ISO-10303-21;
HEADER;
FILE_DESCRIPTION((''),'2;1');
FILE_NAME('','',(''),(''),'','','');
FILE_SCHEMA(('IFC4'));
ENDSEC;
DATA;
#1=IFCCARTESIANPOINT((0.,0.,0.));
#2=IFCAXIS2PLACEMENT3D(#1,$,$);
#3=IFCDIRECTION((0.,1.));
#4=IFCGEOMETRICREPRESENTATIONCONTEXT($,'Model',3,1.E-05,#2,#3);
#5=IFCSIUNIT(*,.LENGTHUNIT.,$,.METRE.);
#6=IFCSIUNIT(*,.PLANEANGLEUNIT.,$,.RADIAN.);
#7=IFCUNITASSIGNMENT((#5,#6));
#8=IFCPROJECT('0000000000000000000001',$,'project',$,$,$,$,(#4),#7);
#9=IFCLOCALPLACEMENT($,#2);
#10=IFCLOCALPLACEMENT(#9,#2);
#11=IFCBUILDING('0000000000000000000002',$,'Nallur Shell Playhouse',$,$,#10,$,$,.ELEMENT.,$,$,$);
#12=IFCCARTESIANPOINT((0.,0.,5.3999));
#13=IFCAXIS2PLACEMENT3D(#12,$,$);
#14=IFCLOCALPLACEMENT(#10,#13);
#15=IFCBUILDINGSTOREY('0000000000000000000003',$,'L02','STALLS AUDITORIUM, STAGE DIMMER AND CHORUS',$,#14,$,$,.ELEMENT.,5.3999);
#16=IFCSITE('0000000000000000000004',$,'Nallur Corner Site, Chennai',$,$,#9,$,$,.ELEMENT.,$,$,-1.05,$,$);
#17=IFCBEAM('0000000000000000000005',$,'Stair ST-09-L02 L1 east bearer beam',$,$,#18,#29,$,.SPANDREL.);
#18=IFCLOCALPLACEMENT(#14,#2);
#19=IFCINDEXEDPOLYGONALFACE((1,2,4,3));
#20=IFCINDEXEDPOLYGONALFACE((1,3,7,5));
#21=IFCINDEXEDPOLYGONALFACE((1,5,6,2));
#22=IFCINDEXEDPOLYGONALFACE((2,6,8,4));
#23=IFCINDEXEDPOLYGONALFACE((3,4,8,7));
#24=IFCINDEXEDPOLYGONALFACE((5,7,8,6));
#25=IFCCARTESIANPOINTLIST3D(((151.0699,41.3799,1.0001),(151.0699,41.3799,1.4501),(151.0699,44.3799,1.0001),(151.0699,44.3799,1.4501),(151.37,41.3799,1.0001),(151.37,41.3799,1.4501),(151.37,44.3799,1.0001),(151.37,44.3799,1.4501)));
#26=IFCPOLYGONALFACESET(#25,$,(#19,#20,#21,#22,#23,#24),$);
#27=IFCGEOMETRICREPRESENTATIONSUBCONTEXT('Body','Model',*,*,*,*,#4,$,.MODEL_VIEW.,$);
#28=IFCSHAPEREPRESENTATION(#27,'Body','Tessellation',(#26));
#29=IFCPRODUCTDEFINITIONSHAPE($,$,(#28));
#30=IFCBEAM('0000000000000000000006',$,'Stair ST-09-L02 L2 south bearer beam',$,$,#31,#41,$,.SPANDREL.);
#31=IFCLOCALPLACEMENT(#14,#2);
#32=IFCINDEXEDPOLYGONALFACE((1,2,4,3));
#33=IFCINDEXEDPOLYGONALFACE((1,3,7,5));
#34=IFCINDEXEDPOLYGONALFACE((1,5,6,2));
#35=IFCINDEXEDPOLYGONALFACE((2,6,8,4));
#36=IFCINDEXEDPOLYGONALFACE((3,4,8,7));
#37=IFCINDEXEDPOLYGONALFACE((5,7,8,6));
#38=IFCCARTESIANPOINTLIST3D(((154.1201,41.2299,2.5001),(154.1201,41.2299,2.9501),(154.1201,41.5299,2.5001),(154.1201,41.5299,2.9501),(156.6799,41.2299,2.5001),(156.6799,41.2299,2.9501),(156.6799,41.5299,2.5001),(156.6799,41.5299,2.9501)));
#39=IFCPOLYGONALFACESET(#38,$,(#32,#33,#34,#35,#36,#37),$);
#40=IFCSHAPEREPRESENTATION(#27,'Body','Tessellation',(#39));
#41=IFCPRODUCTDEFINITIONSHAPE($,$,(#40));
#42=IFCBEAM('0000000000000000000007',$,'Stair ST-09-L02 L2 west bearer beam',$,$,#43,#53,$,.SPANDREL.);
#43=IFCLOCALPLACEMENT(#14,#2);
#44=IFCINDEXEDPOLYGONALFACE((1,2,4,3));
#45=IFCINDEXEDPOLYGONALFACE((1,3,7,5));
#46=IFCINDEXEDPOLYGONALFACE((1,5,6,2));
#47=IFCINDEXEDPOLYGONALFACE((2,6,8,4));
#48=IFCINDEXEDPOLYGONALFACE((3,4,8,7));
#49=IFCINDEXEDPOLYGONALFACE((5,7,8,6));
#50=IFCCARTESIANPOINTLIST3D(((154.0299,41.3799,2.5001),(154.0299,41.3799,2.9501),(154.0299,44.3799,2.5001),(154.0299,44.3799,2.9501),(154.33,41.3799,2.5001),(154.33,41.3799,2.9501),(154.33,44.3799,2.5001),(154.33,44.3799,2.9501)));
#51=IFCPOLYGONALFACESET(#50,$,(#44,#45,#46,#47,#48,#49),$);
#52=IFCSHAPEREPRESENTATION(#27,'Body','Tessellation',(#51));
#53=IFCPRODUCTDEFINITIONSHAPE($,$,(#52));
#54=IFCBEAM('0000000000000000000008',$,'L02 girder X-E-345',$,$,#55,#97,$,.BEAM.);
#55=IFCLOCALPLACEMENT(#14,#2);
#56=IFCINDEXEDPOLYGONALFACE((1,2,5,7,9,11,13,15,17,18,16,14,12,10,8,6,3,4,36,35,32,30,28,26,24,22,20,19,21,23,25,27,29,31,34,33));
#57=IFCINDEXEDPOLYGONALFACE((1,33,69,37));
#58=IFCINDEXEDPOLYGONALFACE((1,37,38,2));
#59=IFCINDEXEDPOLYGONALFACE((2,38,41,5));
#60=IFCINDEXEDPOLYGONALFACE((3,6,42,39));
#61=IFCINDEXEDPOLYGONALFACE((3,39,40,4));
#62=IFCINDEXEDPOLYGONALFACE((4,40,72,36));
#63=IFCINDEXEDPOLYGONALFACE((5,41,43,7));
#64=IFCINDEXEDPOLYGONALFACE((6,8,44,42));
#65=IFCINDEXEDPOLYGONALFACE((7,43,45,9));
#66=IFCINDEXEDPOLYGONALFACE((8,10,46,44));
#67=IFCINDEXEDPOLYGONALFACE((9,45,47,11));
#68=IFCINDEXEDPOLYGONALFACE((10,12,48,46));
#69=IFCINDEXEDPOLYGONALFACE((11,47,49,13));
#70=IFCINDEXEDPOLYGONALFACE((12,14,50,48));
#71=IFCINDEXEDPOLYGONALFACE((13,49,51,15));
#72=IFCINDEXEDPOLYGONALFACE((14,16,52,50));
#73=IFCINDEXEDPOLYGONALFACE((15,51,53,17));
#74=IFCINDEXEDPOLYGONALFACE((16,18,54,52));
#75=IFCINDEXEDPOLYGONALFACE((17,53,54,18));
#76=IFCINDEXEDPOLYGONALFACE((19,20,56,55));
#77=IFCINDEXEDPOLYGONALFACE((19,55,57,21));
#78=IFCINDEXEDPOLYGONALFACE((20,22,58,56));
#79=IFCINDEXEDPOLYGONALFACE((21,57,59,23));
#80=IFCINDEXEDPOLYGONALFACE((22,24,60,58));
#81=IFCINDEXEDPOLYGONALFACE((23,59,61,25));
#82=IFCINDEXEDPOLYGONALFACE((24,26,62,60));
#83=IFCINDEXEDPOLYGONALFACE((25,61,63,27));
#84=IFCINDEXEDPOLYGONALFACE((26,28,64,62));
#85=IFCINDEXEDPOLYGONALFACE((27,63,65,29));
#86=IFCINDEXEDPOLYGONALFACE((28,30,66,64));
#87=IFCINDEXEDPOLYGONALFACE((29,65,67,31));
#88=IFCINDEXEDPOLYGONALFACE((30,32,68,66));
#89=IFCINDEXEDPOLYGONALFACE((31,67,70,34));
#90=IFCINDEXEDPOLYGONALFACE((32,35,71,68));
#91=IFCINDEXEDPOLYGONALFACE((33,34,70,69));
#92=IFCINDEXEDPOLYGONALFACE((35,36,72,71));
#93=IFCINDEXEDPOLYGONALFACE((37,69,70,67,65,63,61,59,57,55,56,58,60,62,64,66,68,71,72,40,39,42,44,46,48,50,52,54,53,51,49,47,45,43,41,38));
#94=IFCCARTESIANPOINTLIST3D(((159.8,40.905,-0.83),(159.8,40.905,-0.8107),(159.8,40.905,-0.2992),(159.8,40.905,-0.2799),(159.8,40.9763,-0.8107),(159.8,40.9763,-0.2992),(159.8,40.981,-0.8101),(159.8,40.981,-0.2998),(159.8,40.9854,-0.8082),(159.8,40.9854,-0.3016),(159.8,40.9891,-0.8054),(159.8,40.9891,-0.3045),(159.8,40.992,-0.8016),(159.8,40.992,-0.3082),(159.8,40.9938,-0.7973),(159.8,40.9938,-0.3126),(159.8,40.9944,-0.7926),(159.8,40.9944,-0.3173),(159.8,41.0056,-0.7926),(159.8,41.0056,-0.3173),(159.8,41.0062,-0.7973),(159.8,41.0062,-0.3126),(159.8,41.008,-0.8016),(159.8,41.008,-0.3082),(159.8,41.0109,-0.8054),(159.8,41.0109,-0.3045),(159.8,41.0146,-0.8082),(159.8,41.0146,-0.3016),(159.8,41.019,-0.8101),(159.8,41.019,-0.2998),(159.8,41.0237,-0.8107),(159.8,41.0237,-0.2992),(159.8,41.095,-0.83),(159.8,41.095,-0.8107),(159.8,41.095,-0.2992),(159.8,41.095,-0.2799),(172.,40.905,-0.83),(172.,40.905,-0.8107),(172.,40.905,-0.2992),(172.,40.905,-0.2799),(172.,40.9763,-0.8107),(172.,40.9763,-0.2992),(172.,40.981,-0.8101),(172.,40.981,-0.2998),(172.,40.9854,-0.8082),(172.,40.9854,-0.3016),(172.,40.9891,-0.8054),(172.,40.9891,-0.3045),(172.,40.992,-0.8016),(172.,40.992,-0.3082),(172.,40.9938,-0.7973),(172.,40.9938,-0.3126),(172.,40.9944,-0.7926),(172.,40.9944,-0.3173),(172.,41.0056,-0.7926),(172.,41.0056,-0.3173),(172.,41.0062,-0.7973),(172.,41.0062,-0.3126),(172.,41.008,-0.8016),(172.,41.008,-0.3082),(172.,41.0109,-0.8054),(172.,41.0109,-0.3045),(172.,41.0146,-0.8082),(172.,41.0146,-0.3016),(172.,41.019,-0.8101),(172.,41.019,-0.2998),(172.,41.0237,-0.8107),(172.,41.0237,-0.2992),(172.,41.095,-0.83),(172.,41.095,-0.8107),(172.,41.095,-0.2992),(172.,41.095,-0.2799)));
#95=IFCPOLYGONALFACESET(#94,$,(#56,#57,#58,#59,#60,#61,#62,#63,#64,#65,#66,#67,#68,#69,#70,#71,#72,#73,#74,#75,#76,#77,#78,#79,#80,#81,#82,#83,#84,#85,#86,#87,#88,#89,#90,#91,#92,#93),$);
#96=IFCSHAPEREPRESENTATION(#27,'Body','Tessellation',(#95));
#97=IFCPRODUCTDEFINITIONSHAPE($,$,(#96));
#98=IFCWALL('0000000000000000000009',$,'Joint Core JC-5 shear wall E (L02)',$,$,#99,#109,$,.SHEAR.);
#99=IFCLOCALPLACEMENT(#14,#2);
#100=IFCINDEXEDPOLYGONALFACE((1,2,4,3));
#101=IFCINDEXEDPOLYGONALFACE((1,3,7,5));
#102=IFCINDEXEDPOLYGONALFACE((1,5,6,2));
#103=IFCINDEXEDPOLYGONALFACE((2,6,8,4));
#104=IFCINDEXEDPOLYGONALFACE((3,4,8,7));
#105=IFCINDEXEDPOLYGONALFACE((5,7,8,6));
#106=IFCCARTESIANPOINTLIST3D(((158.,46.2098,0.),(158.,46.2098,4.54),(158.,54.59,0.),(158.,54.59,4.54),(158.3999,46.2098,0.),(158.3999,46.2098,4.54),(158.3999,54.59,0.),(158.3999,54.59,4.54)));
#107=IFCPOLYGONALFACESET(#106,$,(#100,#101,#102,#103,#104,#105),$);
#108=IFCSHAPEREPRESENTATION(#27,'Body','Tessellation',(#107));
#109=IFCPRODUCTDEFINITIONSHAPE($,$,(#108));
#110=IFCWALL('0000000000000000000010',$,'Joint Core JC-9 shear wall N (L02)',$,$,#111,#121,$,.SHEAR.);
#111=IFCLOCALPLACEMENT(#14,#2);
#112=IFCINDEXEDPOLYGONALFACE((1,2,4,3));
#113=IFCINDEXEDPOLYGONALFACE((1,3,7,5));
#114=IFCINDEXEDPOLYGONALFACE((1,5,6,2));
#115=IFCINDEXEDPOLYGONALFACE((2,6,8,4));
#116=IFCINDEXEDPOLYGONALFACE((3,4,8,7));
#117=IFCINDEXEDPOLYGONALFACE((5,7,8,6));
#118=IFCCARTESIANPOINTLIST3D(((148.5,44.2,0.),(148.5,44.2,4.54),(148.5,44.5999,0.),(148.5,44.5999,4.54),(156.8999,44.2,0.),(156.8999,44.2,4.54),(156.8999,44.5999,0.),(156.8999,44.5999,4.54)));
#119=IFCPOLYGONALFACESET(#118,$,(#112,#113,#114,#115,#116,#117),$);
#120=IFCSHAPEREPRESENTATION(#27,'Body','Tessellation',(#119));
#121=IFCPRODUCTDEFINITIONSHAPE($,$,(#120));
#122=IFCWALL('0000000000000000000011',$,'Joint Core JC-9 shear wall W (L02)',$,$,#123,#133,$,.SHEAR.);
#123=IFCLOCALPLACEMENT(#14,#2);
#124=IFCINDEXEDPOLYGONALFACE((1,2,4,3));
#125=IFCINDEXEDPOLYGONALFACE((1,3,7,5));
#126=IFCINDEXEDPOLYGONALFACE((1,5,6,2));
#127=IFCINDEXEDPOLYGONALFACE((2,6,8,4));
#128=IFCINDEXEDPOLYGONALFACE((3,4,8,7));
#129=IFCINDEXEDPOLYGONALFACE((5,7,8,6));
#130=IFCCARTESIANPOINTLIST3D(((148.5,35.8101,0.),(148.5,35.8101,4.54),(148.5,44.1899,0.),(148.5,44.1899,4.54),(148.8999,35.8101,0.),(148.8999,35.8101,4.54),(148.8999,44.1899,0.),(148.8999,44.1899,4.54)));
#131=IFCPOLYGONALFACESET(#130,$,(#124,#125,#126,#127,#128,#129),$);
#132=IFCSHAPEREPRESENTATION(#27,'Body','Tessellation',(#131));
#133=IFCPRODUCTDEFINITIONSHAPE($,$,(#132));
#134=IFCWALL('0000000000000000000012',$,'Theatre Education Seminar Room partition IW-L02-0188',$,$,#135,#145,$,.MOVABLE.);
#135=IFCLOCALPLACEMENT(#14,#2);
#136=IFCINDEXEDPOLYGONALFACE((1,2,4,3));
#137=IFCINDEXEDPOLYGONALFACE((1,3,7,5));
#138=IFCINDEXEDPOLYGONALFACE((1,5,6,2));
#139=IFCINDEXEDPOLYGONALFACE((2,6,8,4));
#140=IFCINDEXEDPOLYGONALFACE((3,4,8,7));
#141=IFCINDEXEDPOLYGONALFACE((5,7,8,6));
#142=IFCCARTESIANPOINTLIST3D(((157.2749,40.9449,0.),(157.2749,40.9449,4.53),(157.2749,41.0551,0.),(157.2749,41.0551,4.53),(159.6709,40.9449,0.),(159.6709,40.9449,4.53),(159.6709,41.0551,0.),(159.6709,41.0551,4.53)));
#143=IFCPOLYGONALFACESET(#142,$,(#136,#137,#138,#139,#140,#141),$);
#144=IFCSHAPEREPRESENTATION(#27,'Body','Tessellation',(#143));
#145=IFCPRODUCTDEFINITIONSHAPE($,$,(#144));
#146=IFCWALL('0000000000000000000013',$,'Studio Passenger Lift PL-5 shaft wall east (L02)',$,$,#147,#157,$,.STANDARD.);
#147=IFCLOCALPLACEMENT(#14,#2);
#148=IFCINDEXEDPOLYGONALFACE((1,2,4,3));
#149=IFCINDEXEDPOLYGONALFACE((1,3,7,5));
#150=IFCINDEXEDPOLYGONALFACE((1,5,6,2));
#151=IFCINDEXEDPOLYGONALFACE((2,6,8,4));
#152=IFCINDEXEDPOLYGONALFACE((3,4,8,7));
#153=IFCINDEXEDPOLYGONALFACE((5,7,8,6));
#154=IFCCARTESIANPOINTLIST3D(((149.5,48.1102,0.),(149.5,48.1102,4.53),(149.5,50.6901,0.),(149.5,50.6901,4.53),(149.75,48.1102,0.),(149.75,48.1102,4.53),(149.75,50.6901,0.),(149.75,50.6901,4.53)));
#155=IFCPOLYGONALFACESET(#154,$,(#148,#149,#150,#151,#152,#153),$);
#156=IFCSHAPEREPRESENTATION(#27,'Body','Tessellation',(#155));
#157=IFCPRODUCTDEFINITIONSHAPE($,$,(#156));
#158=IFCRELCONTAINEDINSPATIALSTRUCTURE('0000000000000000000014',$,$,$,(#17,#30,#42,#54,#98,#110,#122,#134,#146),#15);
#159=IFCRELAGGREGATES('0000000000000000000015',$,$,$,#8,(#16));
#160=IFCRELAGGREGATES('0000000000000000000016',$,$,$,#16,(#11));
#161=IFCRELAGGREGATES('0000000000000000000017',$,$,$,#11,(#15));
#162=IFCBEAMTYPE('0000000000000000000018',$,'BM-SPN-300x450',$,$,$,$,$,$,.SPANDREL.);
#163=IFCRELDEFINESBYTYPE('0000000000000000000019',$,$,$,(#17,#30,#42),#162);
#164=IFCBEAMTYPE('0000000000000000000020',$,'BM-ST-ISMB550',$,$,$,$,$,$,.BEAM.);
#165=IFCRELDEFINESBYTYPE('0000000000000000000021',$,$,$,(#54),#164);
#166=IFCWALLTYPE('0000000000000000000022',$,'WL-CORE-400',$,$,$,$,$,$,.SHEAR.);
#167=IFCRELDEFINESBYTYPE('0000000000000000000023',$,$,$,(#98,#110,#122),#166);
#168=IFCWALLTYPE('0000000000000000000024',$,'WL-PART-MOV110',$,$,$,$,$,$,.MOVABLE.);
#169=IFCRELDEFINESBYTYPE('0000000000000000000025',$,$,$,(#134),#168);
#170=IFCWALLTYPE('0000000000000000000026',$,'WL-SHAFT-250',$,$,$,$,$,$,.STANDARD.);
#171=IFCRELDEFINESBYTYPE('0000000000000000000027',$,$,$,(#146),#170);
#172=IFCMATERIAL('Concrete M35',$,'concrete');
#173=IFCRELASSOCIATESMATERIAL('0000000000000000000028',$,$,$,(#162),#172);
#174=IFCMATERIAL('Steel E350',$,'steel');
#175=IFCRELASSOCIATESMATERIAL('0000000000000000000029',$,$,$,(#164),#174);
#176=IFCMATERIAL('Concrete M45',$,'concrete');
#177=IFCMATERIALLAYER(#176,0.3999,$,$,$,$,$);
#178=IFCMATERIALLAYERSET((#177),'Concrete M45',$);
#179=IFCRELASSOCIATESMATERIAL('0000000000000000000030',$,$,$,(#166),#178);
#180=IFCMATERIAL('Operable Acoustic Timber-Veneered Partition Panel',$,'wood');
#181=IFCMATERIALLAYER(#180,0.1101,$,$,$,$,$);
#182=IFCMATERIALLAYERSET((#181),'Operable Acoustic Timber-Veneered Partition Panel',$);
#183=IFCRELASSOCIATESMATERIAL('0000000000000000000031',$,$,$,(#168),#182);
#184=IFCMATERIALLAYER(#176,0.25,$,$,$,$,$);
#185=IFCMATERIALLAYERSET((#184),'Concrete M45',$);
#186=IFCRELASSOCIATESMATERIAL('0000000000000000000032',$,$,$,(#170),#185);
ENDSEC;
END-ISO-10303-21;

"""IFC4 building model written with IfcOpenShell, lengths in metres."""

from ifc_helpers import new_model, si_unit, direction, frame, frame_2d, origin, origin_2d, place, context, subcontext, project, spatial, rectangle, i_section, extrude, material, layer, layer_set, material_profile, profile_set, type_object, element, save


model = new_model("IFC4")

# Units and contexts
model_context = context("Model", 3, precision=1e-05, world=origin(), true_north=direction((0.0, 1.0)))
body_context = subcontext(model_context, "Body", "Model", "MODEL_VIEW")
ifc_project = project(units=[si_unit("LENGTHUNIT", "METRE"), si_unit("PLANEANGLEUNIT", "RADIAN")], contexts=[model_context])

# Site, building, storey
site_placement = place(None, origin())
site = spatial("IfcSite", under=ifc_project, at=site_placement, Name="Nallur Corner Site, Chennai", CompositionType="ELEMENT", RefElevation=-1.05)
building_placement = place(site_placement, origin())
building = spatial("IfcBuilding", under=site, at=building_placement, Name="Nallur Shell Playhouse", CompositionType="ELEMENT")
storey_placement = place(building_placement, frame((0.0, 0.0, 5.3999)))
storey = spatial("IfcBuildingStorey", under=building, at=storey_placement, Name="L02", Description="STALLS AUDITORIUM, STAGE DIMMER AND CHORUS", CompositionType="ELEMENT", Elevation=5.3999)

# Shared definitions
ifc_material_1 = material(Name="Steel E350", Category="steel")

# Beams
ifc_material_2 = material(Name="Concrete M35", Category="concrete")
ifc_material_profile_1 = material_profile(ifc_material_2, rectangle(XDim=0.3, YDim=0.45, at=origin_2d()), Name="RC 300x450")
ifc_profile_set_1 = profile_set([ifc_material_profile_1], Name="Concrete M35")
beam_type_1 = type_object("IfcBeamType", Name="BM-SPN-300x450", PredefinedType="SPANDREL", material=ifc_profile_set_1)
beam_1_placement = place(storey_placement, frame((151.22, 41.3799, 1.2251), z_axis=(0.0, 1.0, 0.0), x_axis=(-1.0, 0.0, 0.0)))
element("IfcBeam", 1, at=beam_1_placement, inside=storey, type_object=beam_type_1, Name="Stair ST-09-L02 L1 east bearer beam", PredefinedType="SPANDREL", context=body_context, shape_type="SweptSolid", body=[
    extrude(rectangle(XDim=0.3, YDim=0.45, at=origin_2d()), origin(), (0.0, 0.0, 1.0), 3.0),
])
beam_2_placement = place(storey_placement, frame((154.1201, 41.3799, 2.7251), z_axis=(1.0, 0.0, 0.0), x_axis=(0.0, 1.0, 0.0)))
element("IfcBeam", 2, at=beam_2_placement, inside=storey, type_object=beam_type_1, Name="Stair ST-09-L02 L2 south bearer beam", PredefinedType="SPANDREL", context=body_context, shape_type="SweptSolid", body=[
    extrude(rectangle(XDim=0.3, YDim=0.45, at=origin_2d()), origin(), (0.0, 0.0, 1.0), 2.5598),
])
beam_3_placement = place(storey_placement, frame((154.1799, 41.3799, 2.7251), z_axis=(0.0, 1.0, 0.0), x_axis=(-1.0, 0.0, 0.0)))
element("IfcBeam", 3, at=beam_3_placement, inside=storey, type_object=beam_type_1, Name="Stair ST-09-L02 L2 west bearer beam", PredefinedType="SPANDREL", context=body_context, shape_type="SweptSolid", body=[
    extrude(rectangle(XDim=0.3, YDim=0.45, at=origin_2d()), origin(), (0.0, 0.0, 1.0), 3.0),
])
ifc_material_profile_2 = material_profile(ifc_material_1, i_section(OverallWidth=0.1899, OverallDepth=0.55, WebThickness=0.0112, FlangeThickness=0.0193, FilletRadius=0.0181, at=origin_2d()), Name="ISMB 550")
ifc_profile_set_2 = profile_set([ifc_material_profile_2], Name="Steel E350")
beam_type_2 = type_object("IfcBeamType", Name="BM-ST-ISMB550", PredefinedType="BEAM", material=ifc_profile_set_2)
beam_4_placement = place(storey_placement, frame((159.8, 41.0, -0.5549), z_axis=(1.0, 0.0, 0.0), x_axis=(0.0, 1.0, 0.0)))
element("IfcBeam", 4, at=beam_4_placement, inside=storey, type_object=beam_type_2, Name="L02 girder X-E-345", PredefinedType="BEAM", context=body_context, shape_type="SweptSolid", body=[
    extrude(i_section(OverallWidth=0.1899, OverallDepth=0.55, WebThickness=0.0112, FlangeThickness=0.0193, FilletRadius=0.0181, at=origin_2d()), origin(), (0.0, 0.0, 1.0), 12.2),
])

# Shared definitions
ifc_material_3 = material(Name="Concrete M45", Category="concrete")
ifc_layer_1 = layer(ifc_material_3, 0.3999)
ifc_layer_set_1 = layer_set([ifc_layer_1], Name="Concrete M45")
wall_type_1 = type_object("IfcWallType", Name="WL-CORE-400", PredefinedType="SHEAR", material=ifc_layer_set_1)

# Walls
wall_1_placement = place(storey_placement, frame((158.2, 46.21, 0.0), z_axis=(0.0, 0.0, 1.0), x_axis=(0.0, 1.0, 0.0)))
element("IfcWall", 5, at=wall_1_placement, inside=storey, type_object=wall_type_1, Name="Joint Core JC-5 shear wall E (L02)", PredefinedType="SHEAR", context=body_context, shape_type="SweptSolid", body=[
    extrude(rectangle(XDim=8.3801, YDim=0.3999, at=frame_2d((4.1899, 0.0))), origin(), (0.0, 0.0, 1.0), 4.54),
])
wall_2_placement = place(storey_placement, frame((156.8999, 44.3999, 0.0), z_axis=(0.0, 0.0, 1.0), x_axis=(-1.0, 0.0, 0.0)))
element("IfcWall", 6, at=wall_2_placement, inside=storey, type_object=wall_type_1, Name="Joint Core JC-9 shear wall N (L02)", PredefinedType="SHEAR", context=body_context, shape_type="SweptSolid", body=[
    extrude(rectangle(XDim=8.3999, YDim=0.3999, at=frame_2d((4.2, 0.0))), origin(), (0.0, 0.0, 1.0), 4.54),
])
wall_3_placement = place(storey_placement, frame((148.7, 44.1899, 0.0), z_axis=(0.0, 0.0, 1.0), x_axis=(0.0, -1.0, 0.0)))
element("IfcWall", 7, at=wall_3_placement, inside=storey, type_object=wall_type_1, Name="Joint Core JC-9 shear wall W (L02)", PredefinedType="SHEAR", context=body_context, shape_type="SweptSolid", body=[
    extrude(rectangle(XDim=8.3799, YDim=0.3999, at=frame_2d((4.1899, 0.0))), origin(), (0.0, 0.0, 1.0), 4.54),
])
ifc_material_4 = material(Name="Operable Acoustic Timber-Veneered Partition Panel", Category="wood")
ifc_layer_2 = layer(ifc_material_4, 0.1101)
ifc_layer_set_2 = layer_set([ifc_layer_2], Name="Operable Acoustic Timber-Veneered Partition Panel")
wall_type_2 = type_object("IfcWallType", Name="WL-PART-MOV110", PredefinedType="MOVABLE", material=ifc_layer_set_2)
wall_4_placement = place(storey_placement, frame((157.2749, 41.0, 0.0), z_axis=(0.0, 0.0, 1.0), x_axis=(1.0, 0.0, 0.0)))
element("IfcWall", 8, at=wall_4_placement, inside=storey, type_object=wall_type_2, Name="Theatre Education Seminar Room partition IW-L02-0188", PredefinedType="MOVABLE", context=body_context, shape_type="SweptSolid", body=[
    extrude(rectangle(XDim=2.396, YDim=0.1101, at=frame_2d((1.198, 0.0))), origin(), (0.0, 0.0, 1.0), 4.53),
])

# Shared definitions
ifc_layer_3 = layer(ifc_material_3, 0.25)
ifc_layer_set_3 = layer_set([ifc_layer_3], Name="Concrete M45")
wall_type_3 = type_object("IfcWallType", Name="WL-SHAFT-250", PredefinedType="STANDARD", material=ifc_layer_set_3)

# Wall
wall_5_placement = place(storey_placement, frame((149.625, 48.1101, 0.0), z_axis=(0.0, 0.0, 1.0), x_axis=(0.0, 1.0, 0.0)))
element("IfcWall", 9, at=wall_5_placement, inside=storey, type_object=wall_type_3, Name="Studio Passenger Lift PL-5 shaft wall east (L02)", PredefinedType="STANDARD", context=body_context, shape_type="SweptSolid", body=[
    extrude(rectangle(XDim=2.5798, YDim=0.25, at=frame_2d((1.29, 0.0))), origin(), (0.0, 0.0, 1.0), 4.53),
])

save(model, "model.ifc")
